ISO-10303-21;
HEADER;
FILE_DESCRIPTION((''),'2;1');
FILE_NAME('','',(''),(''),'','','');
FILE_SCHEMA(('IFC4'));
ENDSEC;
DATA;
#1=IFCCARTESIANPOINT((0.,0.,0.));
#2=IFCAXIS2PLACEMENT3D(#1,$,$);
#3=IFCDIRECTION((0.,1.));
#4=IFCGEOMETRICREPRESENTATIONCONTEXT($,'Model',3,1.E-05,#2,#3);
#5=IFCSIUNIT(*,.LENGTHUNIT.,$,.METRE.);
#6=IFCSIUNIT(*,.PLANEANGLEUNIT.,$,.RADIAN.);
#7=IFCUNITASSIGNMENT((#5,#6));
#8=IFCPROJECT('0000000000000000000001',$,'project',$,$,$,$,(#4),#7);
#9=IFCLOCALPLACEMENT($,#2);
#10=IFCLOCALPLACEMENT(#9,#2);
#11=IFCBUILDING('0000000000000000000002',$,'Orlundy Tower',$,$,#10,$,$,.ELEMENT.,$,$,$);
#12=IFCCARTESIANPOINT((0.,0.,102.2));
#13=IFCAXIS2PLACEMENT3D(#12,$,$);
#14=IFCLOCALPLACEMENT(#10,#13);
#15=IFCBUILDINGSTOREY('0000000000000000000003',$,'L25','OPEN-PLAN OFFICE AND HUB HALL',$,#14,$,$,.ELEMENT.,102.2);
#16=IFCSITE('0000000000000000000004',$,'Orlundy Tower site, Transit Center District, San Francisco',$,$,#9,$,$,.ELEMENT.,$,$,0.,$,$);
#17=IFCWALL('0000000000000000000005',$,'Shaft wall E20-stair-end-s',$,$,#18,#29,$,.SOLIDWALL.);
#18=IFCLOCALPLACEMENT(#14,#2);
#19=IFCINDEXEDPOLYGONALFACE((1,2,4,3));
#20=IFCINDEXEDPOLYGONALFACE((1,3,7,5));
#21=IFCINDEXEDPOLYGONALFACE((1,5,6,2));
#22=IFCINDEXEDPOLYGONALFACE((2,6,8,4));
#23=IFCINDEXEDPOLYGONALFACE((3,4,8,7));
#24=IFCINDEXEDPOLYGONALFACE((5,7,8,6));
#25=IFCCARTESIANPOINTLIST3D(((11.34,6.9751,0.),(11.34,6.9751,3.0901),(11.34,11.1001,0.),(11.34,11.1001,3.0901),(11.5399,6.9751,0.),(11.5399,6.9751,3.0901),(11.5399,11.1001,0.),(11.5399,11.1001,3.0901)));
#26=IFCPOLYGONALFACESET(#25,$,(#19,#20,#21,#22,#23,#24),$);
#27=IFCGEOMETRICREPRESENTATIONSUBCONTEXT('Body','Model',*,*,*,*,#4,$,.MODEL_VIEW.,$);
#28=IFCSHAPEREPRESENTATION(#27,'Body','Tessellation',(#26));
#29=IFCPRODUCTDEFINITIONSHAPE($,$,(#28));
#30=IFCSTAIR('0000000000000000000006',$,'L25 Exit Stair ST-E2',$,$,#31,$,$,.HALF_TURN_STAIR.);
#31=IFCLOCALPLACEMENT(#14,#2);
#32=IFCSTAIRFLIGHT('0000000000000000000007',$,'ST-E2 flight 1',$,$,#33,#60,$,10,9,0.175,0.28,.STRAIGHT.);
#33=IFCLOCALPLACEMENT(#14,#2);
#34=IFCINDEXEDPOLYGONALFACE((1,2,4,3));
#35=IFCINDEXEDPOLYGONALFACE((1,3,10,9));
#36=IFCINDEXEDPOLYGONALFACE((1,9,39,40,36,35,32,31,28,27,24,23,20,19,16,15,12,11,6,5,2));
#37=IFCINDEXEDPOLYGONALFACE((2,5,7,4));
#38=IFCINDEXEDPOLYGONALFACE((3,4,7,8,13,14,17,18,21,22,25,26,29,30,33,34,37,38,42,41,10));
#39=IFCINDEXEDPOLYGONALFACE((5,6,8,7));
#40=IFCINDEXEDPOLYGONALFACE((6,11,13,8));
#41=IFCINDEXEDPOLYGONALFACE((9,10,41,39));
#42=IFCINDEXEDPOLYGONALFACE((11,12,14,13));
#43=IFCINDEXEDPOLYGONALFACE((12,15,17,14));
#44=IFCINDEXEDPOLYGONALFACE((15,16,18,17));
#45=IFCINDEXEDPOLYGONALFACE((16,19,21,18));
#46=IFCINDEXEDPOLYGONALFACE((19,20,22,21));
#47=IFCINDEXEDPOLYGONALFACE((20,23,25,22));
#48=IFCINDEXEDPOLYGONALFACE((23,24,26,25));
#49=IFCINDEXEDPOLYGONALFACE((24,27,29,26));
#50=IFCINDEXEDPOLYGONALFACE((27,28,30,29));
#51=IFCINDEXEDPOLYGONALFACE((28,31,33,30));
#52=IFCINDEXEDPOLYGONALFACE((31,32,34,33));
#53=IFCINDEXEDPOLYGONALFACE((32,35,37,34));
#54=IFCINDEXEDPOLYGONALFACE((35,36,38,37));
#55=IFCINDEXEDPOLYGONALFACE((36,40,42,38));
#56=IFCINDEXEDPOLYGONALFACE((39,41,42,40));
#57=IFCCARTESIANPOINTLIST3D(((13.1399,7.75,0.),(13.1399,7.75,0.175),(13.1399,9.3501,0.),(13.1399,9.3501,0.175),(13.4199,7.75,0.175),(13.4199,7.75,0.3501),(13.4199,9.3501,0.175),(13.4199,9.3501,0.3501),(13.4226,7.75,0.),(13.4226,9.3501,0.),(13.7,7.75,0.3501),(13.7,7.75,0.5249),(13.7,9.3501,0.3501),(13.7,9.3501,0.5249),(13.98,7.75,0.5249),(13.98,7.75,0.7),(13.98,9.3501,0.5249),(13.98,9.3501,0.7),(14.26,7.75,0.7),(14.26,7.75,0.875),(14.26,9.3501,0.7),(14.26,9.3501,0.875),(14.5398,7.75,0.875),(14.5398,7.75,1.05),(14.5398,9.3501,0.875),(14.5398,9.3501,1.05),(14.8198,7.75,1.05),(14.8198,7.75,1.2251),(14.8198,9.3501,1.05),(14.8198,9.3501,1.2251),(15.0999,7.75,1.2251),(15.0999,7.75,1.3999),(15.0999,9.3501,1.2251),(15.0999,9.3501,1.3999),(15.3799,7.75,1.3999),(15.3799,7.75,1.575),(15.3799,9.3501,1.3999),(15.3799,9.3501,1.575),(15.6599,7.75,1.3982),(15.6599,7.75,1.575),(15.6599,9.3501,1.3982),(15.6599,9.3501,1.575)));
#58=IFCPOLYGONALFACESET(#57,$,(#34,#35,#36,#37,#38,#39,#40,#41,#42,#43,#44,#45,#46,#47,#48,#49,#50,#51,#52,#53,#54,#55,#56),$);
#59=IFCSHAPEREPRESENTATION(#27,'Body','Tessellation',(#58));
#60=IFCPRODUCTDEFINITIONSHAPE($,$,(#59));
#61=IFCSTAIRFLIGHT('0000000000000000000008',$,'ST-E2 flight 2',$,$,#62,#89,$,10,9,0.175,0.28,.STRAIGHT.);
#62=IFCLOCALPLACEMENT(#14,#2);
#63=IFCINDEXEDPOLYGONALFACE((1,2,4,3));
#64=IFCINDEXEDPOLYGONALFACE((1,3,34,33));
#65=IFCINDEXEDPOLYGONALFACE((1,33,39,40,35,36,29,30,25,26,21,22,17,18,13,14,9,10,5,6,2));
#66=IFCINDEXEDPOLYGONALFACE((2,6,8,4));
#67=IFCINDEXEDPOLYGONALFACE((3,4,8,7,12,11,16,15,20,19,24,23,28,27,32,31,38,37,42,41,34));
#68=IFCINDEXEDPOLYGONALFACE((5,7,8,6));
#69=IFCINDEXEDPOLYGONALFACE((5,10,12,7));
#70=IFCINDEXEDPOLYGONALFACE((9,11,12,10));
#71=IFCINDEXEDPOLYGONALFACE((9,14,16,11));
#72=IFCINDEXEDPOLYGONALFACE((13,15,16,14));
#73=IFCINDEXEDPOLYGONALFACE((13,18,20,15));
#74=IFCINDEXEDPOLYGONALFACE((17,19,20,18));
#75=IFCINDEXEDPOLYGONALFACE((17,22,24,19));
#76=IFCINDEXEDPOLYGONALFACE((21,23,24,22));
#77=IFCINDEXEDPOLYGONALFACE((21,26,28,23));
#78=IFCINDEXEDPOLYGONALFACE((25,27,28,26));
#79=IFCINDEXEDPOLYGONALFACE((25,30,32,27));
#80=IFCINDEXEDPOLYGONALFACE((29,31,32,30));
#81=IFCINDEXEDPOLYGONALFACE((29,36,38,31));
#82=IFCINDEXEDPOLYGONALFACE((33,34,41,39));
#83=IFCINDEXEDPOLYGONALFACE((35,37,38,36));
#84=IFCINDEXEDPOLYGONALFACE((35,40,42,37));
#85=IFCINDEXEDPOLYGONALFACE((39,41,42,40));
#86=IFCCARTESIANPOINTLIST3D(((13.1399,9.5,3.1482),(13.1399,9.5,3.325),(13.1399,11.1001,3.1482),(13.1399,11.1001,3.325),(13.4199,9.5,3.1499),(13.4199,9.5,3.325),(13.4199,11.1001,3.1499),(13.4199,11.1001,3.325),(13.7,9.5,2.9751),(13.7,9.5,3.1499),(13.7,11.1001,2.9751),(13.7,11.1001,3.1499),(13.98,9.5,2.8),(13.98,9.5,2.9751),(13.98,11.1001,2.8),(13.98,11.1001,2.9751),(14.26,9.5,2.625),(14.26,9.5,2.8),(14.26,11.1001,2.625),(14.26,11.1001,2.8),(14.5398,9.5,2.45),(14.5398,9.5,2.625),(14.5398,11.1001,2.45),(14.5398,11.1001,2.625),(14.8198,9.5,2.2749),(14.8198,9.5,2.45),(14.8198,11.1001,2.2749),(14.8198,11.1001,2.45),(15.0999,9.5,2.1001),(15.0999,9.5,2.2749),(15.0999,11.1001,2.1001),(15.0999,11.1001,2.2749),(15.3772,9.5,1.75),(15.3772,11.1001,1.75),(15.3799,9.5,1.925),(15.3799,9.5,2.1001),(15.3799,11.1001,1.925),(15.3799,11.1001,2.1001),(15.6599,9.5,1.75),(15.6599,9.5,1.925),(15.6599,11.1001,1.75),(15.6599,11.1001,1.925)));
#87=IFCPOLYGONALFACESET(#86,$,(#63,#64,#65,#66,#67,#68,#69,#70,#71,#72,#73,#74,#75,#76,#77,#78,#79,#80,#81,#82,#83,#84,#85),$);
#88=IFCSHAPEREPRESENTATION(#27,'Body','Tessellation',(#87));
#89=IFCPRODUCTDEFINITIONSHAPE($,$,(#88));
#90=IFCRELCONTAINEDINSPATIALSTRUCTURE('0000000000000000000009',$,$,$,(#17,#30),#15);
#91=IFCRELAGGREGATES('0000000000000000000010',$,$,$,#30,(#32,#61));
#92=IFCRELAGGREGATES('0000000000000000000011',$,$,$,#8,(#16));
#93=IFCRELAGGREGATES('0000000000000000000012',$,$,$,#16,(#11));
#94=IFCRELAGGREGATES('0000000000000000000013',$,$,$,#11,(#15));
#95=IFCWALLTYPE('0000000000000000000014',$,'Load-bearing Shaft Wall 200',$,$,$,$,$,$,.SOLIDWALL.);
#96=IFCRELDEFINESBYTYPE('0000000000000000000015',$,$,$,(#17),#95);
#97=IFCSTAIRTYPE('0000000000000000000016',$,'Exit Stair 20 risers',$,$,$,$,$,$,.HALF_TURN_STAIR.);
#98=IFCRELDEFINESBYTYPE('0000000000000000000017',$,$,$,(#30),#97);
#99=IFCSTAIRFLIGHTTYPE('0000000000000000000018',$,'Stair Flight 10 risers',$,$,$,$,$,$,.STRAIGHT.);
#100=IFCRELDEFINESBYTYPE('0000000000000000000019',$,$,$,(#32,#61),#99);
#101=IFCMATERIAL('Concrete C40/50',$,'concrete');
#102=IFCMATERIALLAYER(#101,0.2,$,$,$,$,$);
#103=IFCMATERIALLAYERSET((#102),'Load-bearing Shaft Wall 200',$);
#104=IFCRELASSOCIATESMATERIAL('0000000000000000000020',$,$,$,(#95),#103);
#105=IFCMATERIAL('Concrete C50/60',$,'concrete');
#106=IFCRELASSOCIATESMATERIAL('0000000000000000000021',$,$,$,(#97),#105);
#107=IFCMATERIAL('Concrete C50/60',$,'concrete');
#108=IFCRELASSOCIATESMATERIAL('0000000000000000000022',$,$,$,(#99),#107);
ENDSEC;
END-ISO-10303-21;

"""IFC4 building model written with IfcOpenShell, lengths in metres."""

from ifc_helpers import new_model, si_unit, direction, frame, frame_2d, origin, place, context, subcontext, project, spatial, polyline, rectangle, outline, extrude, material, layer, layer_set, type_object, element, aggregate, save


model = new_model("IFC4")

# Units and contexts
model_context = context("Model", 3, precision=1e-05, world=origin(), true_north=direction((0.0, 1.0)))
body_context = subcontext(model_context, "Body", "Model", "MODEL_VIEW")
ifc_project = project(units=[si_unit("LENGTHUNIT", "METRE"), si_unit("PLANEANGLEUNIT", "RADIAN")], contexts=[model_context])

# Site, building, storey
site_placement = place(None, origin())
site = spatial("IfcSite", under=ifc_project, at=site_placement, Name="Orlundy Tower site, Transit Center District, San Francisco", CompositionType="ELEMENT", RefElevation=0.0)
building_placement = place(site_placement, origin())
building = spatial("IfcBuilding", under=site, at=building_placement, Name="Orlundy Tower", CompositionType="ELEMENT")
storey_placement = place(building_placement, frame((0.0, 0.0, 102.2)))
storey = spatial("IfcBuildingStorey", under=building, at=storey_placement, Name="L25", Description="OPEN-PLAN OFFICE AND HUB HALL", CompositionType="ELEMENT", Elevation=102.2)

# Wall
ifc_material_1 = material(Name="Concrete C40/50", Category="concrete")
ifc_layer_1 = layer(ifc_material_1, 0.2)
ifc_layer_set_1 = layer_set([ifc_layer_1], Name="Load-bearing Shaft Wall 200")
wall_type_1 = type_object("IfcWallType", Name="Load-bearing Shaft Wall 200", PredefinedType="SOLIDWALL", material=ifc_layer_set_1)
wall_1_placement = place(storey_placement, frame((11.4399, 11.1001, 0.0), z_axis=(0.0, 0.0, 1.0), x_axis=(0.0, -1.0, 0.0)))
element("IfcWall", 1, at=wall_1_placement, inside=storey, type_object=wall_type_1, Name="Shaft wall E20-stair-end-s", PredefinedType="SOLIDWALL", context=body_context, shape_type="SweptSolid", body=[
    extrude(rectangle(XDim=4.125, YDim=0.2, at=frame_2d((2.0625, 0.0))), origin(), (0.0, 0.0, 1.0), 3.0901),
])

# Stair, stair flights
ifc_material_2 = material(Name="Concrete C50/60", Category="concrete")
stair_type = type_object("IfcStairType", Name="Exit Stair 20 risers", PredefinedType="HALF_TURN_STAIR", material=ifc_material_2)
stair_placement = place(storey_placement, origin())
stair = element("IfcStair", 2, at=stair_placement, inside=storey, type_object=stair_type, Name="L25 Exit Stair ST-E2", PredefinedType="HALF_TURN_STAIR")
ifc_material_3 = material(Name="Concrete C50/60", Category="concrete")
stair_flight_type = type_object("IfcStairFlightType", Name="Stair Flight 10 risers", PredefinedType="STRAIGHT", material=ifc_material_3)
stair_flight_1_placement = place(storey_placement, frame((13.1399, 8.55, 0.0), z_axis=(0.0, 0.0, 1.0), x_axis=(1.0, 0.0, 0.0)))
stair_flight_1 = element("IfcStairFlight", 3, at=stair_flight_1_placement, type_object=stair_flight_type, Name="ST-E2 flight 1", NumberOfRisers=10, NumberOfTreads=9, PredefinedType="STRAIGHT", RiserHeight=0.175, TreadLength=0.28, context=body_context, shape_type="SweptSolid", body=[
    extrude(outline(polyline([(0.0, 0.0), (0.0, 0.175), (0.28, 0.175), (0.28, 0.3501), (0.5601, 0.3501), (0.5601, 0.5249), (0.8401, 0.5249), (0.8401, 0.7), (1.1201, 0.7), (1.1201, 0.875), (1.3999, 0.875), (1.3999, 1.05), (1.6799, 1.05), (1.6799, 1.2251), (1.96, 1.2251), (1.96, 1.3999), (2.24, 1.3999), (2.24, 1.575), (2.52, 1.575), (2.52, 1.75), (2.52, 1.3982), (0.2827, 0.0), (0.0, 0.0)])), frame((0.0, 0.8, 0.0), z_axis=(0.0, -1.0, 0.0), x_axis=(1.0, 0.0, 0.0)), (0.0, 0.0, 1.0), 1.6001),
])
stair_flight_2_placement = place(storey_placement, frame((15.6599, 10.3, 1.75), z_axis=(0.0, 0.0, 1.0), x_axis=(-1.0, 0.0, 0.0)))
stair_flight_2 = element("IfcStairFlight", 4, at=stair_flight_2_placement, type_object=stair_flight_type, Name="ST-E2 flight 2", NumberOfRisers=10, NumberOfTreads=9, PredefinedType="STRAIGHT", RiserHeight=0.175, TreadLength=0.28, context=body_context, shape_type="SweptSolid", body=[
    extrude(outline(polyline([(0.0, 0.0), (0.0, 0.175), (0.28, 0.175), (0.28, 0.3501), (0.5601, 0.3501), (0.5601, 0.5249), (0.8401, 0.5249), (0.8401, 0.7), (1.1201, 0.7), (1.1201, 0.875), (1.3999, 0.875), (1.3999, 1.05), (1.6799, 1.05), (1.6799, 1.2251), (1.96, 1.2251), (1.96, 1.3999), (2.24, 1.3999), (2.24, 1.575), (2.52, 1.575), (2.52, 1.75), (2.52, 1.3982), (0.2827, 0.0), (0.0, 0.0)])), frame((0.0, 0.8, 0.0), z_axis=(0.0, -1.0, 0.0), x_axis=(1.0, 0.0, 0.0)), (0.0, 0.0, 1.0), 1.6001),
])
aggregate(stair, [stair_flight_1, stair_flight_2])

save(model, "model.ifc")
